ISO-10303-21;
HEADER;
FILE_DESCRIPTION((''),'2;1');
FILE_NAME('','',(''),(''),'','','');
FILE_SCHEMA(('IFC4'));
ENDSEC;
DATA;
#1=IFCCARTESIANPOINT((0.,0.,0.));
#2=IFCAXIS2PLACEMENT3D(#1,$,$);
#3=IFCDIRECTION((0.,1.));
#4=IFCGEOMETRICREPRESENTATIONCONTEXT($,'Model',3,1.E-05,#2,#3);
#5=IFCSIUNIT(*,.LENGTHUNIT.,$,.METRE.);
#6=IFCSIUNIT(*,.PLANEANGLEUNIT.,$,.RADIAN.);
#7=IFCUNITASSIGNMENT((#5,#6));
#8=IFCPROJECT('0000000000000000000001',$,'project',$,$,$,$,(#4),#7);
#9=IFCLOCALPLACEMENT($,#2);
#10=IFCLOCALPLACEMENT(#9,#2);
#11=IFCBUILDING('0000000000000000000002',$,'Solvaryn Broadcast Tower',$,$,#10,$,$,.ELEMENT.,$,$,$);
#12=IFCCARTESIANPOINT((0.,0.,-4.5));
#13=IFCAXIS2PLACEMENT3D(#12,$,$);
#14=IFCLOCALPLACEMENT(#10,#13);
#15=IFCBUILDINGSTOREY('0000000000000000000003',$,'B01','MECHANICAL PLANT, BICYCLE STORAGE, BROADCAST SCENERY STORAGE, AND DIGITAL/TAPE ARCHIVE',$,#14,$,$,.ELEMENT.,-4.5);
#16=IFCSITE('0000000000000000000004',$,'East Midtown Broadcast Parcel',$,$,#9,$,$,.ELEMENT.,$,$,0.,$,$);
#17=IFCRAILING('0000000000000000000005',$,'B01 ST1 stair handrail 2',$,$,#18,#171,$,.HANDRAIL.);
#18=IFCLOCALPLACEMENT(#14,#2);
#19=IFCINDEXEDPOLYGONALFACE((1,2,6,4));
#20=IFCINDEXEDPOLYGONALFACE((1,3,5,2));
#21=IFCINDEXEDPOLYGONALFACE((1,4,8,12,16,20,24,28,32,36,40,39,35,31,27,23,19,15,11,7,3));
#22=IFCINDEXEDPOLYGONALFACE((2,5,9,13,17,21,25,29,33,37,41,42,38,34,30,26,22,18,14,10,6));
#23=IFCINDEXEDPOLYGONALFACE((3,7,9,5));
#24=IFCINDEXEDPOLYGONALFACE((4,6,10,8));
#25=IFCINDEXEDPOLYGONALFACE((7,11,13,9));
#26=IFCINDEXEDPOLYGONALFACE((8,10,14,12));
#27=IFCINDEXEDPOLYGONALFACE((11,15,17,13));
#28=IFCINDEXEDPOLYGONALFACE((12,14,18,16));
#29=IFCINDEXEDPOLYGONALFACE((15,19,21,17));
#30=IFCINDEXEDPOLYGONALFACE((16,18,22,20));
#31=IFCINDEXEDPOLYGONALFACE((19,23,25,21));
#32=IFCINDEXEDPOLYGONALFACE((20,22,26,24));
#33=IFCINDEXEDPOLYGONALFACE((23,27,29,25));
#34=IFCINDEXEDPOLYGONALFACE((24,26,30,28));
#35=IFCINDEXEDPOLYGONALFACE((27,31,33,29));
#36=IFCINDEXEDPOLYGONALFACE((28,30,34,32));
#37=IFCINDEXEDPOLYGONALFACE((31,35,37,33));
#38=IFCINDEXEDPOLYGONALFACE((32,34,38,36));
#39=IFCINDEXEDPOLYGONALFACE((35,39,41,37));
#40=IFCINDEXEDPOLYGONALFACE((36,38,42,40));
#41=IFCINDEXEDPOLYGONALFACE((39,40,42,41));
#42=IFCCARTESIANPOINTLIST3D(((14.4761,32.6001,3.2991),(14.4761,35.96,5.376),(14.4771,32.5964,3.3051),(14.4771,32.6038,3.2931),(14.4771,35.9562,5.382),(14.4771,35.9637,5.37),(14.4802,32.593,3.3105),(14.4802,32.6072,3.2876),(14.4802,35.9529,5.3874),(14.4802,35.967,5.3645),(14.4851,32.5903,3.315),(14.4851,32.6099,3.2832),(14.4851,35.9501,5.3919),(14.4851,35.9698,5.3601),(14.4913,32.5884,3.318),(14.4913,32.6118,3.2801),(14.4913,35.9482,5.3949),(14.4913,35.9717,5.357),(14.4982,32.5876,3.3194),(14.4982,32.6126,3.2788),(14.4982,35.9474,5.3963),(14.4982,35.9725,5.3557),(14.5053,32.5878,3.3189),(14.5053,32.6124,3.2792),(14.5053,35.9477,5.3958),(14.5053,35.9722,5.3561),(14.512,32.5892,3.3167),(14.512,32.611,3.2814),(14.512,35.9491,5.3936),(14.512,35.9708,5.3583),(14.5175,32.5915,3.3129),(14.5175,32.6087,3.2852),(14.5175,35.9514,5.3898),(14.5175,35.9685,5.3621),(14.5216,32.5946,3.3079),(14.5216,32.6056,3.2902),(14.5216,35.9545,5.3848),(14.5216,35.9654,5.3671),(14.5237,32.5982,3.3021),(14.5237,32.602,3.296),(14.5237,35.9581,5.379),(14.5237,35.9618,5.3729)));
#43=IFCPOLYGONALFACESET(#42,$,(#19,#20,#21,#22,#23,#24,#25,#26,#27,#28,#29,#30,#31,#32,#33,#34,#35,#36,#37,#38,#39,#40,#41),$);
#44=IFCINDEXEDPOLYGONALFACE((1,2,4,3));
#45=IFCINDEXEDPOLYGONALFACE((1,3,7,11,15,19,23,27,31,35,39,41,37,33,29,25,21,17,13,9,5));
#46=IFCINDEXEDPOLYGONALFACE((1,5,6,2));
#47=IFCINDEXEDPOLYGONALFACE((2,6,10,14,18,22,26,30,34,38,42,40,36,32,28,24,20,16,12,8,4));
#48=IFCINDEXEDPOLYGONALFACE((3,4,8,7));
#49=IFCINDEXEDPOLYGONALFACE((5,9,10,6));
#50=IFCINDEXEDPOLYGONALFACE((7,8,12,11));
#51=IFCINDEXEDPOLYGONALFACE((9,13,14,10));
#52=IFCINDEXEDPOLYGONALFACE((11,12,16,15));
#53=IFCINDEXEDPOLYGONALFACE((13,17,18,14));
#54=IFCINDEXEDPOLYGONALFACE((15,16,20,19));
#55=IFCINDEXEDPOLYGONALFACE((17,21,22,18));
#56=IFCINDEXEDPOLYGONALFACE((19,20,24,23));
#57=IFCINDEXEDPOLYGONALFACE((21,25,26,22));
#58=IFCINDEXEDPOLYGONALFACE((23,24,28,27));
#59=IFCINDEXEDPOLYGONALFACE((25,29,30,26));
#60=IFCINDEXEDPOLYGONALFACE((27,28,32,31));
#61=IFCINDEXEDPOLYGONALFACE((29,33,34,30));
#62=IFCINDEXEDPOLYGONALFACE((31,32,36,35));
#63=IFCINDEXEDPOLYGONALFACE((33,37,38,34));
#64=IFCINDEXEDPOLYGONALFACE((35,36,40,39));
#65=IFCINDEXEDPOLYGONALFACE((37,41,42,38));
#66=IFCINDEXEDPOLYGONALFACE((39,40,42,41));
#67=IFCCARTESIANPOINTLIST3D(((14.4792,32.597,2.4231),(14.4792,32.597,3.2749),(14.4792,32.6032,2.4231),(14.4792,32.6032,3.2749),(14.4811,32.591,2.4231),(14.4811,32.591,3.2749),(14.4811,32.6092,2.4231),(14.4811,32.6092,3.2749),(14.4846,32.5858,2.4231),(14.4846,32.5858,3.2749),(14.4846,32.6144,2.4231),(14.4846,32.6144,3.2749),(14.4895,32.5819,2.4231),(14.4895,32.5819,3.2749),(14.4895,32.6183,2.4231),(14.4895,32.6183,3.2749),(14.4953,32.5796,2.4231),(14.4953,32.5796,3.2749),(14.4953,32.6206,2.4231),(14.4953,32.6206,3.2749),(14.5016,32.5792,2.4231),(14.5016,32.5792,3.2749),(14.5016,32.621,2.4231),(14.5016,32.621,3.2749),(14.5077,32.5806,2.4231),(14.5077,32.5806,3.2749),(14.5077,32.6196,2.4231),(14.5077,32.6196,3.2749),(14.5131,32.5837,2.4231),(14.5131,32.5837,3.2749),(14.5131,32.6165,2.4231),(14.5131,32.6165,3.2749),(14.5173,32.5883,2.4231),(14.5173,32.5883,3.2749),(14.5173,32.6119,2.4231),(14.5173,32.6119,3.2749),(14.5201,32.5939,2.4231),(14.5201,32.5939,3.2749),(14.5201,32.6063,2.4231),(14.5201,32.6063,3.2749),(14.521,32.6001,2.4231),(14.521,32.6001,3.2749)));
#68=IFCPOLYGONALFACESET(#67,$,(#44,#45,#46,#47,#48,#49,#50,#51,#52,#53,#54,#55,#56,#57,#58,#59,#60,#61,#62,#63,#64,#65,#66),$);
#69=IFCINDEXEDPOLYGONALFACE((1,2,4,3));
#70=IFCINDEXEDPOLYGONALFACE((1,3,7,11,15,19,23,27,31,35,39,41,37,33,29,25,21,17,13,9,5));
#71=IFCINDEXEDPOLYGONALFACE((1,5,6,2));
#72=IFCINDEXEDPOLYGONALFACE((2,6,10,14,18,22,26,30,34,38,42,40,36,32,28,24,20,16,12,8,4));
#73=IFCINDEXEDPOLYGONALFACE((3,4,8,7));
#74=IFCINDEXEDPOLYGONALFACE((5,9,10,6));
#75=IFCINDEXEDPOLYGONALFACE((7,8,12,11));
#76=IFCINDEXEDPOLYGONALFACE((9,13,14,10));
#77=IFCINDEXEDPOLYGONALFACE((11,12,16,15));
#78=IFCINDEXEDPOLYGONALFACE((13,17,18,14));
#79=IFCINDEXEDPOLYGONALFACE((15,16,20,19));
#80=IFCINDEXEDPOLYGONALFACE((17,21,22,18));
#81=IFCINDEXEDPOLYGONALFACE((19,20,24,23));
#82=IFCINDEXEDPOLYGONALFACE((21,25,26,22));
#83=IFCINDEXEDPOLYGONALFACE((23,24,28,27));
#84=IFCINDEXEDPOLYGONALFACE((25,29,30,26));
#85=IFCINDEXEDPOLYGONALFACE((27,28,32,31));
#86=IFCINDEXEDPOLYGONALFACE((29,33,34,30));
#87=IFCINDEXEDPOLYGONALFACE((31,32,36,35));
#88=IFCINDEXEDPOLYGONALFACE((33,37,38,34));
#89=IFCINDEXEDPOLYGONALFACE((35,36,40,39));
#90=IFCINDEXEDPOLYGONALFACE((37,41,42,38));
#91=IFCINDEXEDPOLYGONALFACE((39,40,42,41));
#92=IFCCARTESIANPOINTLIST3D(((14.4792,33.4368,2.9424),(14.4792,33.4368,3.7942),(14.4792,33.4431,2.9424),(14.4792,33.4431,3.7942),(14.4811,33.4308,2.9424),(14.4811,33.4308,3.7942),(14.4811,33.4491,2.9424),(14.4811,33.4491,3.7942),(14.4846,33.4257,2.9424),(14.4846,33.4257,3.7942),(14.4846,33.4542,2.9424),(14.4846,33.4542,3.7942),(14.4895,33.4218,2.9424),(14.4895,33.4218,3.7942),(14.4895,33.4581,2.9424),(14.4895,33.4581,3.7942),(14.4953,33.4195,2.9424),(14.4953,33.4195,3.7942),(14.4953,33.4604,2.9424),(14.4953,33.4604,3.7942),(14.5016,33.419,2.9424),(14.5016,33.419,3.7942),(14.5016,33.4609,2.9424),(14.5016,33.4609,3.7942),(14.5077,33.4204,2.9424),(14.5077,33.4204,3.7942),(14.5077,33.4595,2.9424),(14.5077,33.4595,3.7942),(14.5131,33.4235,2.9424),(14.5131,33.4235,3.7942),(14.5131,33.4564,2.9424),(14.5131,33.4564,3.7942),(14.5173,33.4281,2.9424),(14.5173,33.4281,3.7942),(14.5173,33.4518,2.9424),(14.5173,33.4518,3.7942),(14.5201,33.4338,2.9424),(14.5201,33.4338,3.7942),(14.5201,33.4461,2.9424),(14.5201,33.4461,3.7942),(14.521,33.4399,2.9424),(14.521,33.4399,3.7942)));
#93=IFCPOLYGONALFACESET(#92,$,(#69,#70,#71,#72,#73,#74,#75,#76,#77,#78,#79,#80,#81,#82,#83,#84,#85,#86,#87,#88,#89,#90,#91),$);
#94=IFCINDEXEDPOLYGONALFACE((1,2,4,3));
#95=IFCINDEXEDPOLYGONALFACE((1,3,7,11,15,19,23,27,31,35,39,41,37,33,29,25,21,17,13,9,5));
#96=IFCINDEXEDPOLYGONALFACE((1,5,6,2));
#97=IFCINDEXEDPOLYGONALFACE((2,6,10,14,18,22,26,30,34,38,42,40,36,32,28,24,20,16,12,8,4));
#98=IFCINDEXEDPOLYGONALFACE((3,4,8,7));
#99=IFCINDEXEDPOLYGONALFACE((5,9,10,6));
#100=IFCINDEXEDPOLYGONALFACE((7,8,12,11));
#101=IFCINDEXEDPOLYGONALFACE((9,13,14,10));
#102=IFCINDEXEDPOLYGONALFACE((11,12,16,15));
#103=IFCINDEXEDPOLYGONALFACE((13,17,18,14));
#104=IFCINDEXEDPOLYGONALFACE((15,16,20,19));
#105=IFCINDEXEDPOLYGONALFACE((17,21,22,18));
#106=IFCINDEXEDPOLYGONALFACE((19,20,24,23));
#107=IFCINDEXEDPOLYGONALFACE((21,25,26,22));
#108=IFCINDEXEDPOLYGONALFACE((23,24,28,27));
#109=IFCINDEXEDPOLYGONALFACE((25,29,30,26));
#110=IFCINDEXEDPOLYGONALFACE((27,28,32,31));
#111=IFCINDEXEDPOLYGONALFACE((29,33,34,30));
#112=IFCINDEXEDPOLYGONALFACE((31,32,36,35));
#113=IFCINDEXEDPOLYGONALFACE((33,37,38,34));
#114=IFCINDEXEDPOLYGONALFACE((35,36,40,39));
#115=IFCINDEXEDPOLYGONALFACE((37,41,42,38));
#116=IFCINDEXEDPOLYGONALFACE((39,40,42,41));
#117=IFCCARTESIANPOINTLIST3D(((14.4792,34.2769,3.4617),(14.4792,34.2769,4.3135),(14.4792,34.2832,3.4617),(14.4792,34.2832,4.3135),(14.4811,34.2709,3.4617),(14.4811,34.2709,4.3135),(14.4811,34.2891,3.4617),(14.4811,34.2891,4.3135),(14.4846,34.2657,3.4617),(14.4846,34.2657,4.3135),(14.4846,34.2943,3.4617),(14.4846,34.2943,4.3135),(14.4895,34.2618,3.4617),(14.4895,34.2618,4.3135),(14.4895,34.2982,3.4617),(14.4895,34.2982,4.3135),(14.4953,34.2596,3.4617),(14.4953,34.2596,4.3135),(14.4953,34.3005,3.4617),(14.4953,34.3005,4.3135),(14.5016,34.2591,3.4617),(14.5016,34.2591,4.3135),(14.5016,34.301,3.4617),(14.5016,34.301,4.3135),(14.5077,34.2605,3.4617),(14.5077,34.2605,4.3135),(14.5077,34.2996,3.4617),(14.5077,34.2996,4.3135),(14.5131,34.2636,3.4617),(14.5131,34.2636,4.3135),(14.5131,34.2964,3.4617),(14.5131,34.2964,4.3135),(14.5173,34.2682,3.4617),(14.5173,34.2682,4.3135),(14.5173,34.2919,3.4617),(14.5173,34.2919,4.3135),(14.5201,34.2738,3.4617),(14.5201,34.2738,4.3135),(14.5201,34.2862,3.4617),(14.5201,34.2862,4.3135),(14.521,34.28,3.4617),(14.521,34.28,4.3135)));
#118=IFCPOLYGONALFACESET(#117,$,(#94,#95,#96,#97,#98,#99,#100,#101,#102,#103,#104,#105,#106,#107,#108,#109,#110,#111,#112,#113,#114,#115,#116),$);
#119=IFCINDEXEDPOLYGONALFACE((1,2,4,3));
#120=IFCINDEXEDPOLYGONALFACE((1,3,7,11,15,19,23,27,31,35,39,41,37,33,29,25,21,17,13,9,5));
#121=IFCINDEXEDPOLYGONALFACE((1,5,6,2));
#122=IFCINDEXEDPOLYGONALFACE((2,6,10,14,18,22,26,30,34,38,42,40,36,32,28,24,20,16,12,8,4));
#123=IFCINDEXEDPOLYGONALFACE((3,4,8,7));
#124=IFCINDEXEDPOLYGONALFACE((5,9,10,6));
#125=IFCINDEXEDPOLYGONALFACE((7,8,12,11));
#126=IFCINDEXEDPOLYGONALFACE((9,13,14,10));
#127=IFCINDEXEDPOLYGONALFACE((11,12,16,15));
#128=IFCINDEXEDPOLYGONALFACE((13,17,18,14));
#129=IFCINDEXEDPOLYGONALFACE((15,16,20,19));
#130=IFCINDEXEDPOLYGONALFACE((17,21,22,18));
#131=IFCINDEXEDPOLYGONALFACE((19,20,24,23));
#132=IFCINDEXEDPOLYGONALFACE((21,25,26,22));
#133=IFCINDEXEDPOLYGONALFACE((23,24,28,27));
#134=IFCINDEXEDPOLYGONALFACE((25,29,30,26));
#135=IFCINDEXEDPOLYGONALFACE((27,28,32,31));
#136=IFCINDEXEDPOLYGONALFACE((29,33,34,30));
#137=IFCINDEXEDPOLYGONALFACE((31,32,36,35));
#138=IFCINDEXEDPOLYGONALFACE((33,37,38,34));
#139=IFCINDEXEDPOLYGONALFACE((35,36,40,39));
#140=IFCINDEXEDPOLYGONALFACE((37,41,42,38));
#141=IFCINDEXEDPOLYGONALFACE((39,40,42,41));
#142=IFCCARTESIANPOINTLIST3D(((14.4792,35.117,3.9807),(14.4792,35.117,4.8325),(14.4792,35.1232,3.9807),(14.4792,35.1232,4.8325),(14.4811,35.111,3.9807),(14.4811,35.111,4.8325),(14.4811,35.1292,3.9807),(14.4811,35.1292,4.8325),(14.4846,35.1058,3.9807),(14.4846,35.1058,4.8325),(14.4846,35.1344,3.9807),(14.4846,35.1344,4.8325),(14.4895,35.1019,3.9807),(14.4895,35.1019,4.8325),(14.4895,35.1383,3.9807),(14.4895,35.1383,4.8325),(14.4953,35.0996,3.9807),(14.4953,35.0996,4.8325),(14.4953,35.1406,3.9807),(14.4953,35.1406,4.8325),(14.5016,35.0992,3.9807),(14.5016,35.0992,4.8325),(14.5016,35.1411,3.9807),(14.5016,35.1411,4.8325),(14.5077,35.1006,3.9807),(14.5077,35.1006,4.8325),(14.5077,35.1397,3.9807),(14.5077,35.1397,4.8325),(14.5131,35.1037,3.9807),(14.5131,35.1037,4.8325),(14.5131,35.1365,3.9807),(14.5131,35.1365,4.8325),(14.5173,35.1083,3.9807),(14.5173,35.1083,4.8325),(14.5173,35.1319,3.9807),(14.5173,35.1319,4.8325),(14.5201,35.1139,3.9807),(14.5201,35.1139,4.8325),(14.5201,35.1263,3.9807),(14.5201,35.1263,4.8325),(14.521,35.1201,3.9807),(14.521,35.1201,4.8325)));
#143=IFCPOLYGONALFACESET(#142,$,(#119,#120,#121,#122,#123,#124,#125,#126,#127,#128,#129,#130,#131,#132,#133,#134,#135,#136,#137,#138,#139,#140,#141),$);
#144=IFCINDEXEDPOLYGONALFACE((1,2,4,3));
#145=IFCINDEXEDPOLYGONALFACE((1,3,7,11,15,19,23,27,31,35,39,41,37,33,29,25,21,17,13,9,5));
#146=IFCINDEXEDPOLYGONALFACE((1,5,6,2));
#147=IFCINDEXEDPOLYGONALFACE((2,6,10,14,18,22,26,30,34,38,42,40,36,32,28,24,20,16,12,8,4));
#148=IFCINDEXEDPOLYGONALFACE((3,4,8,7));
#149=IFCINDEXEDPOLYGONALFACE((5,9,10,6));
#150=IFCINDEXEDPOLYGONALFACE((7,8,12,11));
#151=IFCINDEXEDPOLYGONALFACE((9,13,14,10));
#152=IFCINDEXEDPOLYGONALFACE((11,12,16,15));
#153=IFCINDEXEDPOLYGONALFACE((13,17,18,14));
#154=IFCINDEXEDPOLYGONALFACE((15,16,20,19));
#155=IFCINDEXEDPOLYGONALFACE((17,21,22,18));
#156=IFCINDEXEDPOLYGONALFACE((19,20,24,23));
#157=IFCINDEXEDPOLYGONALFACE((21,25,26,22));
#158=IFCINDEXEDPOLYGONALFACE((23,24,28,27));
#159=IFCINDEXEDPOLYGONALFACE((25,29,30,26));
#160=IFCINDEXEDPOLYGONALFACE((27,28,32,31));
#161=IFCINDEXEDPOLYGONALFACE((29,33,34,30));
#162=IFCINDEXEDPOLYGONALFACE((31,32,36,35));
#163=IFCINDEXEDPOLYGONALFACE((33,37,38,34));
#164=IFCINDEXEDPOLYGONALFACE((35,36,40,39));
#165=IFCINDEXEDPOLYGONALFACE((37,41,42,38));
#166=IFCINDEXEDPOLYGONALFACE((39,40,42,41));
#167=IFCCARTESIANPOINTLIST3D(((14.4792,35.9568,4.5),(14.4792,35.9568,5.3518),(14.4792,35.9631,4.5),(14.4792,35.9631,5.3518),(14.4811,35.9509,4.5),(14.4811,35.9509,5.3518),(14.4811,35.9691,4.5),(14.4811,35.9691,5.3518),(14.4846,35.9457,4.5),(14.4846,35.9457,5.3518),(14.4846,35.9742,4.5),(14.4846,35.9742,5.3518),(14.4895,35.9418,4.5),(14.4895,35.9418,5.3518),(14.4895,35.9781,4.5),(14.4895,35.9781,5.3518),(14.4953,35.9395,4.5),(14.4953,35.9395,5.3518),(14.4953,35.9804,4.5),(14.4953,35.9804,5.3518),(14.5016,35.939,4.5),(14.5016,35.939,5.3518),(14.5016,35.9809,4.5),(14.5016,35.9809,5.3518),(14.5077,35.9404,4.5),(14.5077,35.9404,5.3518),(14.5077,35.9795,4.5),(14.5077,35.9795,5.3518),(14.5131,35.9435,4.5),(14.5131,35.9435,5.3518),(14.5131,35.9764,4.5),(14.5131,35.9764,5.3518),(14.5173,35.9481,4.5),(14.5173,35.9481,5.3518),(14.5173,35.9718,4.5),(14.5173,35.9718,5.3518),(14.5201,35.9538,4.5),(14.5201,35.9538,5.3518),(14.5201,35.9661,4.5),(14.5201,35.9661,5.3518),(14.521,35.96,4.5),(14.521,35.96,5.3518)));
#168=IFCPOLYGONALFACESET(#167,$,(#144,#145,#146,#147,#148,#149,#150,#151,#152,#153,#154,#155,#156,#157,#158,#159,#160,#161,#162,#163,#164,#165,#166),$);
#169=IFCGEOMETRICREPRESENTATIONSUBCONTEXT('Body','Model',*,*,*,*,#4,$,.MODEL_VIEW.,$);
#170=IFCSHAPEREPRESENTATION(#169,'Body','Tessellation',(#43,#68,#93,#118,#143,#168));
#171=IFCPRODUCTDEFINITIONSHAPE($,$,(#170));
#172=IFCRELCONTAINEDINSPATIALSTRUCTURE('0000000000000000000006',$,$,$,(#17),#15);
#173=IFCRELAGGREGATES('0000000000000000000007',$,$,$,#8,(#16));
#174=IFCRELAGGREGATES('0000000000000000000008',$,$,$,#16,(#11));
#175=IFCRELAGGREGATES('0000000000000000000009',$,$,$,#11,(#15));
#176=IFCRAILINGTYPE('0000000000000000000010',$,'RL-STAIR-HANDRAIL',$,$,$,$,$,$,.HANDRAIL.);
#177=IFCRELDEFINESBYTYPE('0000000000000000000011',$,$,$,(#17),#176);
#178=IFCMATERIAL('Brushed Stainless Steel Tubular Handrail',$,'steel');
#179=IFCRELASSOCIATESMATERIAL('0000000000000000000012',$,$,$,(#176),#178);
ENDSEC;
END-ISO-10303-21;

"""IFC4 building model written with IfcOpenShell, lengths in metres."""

from ifc_helpers import new_model, si_unit, direction, frame, origin, origin_2d, place, context, subcontext, project, spatial, circle, extrude, material, type_object, element, save


model = new_model("IFC4")

# Units and contexts
model_context = context("Model", 3, precision=1e-05, world=origin(), true_north=direction((0.0, 1.0)))
body_context = subcontext(model_context, "Body", "Model", "MODEL_VIEW")
ifc_project = project(units=[si_unit("LENGTHUNIT", "METRE"), si_unit("PLANEANGLEUNIT", "RADIAN")], contexts=[model_context])

# Site, building, storey
site_placement = place(None, origin())
site = spatial("IfcSite", under=ifc_project, at=site_placement, Name="East Midtown Broadcast Parcel", CompositionType="ELEMENT", RefElevation=0.0)
building_placement = place(site_placement, origin())
building = spatial("IfcBuilding", under=site, at=building_placement, Name="Solvaryn Broadcast Tower", CompositionType="ELEMENT")
storey_placement = place(building_placement, frame((0.0, 0.0, -4.5)))
storey = spatial("IfcBuildingStorey", under=building, at=storey_placement, Name="B01", Description="MECHANICAL PLANT, BICYCLE STORAGE, BROADCAST SCENERY STORAGE, AND DIGITAL/TAPE ARCHIVE", CompositionType="ELEMENT", Elevation=-4.5)

# Railing
ifc_material_1 = material(Name="Brushed Stainless Steel Tubular Handrail", Category="steel")
railing_type_1 = type_object("IfcRailingType", Name="RL-STAIR-HANDRAIL", PredefinedType="HANDRAIL", material=ifc_material_1)
railing_1_placement = place(storey_placement, frame((14.5, 32.6001, 2.4231)))
element("IfcRailing", 1, at=railing_1_placement, inside=storey, type_object=railing_type_1, Name="B01 ST1 stair handrail 2", PredefinedType="HANDRAIL", context=body_context, shape_type="SweptSolid", body=[
    extrude(circle(Radius=0.0239, at=origin_2d()), frame((0.0, 0.0, 0.876), z_axis=(0.0, 0.850606, 0.525803), x_axis=(-1.0, 0.0, 0.0)), (0.0, 0.0, 1.0), 3.95),
    extrude(circle(Radius=0.021, at=origin_2d()), origin(), (0.0, 0.0, 1.0), 0.8518),
    extrude(circle(Radius=0.021, at=origin_2d()), frame((0.0, 0.8398, 0.5193)), (0.0, 0.0, 1.0), 0.8518),
    extrude(circle(Radius=0.021, at=origin_2d()), frame((0.0, 1.6799, 1.0386)), (0.0, 0.0, 1.0), 0.8518),
    extrude(circle(Radius=0.021, at=origin_2d()), frame((0.0, 2.52, 1.5576)), (0.0, 0.0, 1.0), 0.8518),
    extrude(circle(Radius=0.021, at=origin_2d()), frame((0.0, 3.3599, 2.0769)), (0.0, 0.0, 1.0), 0.8518),
])

save(model, "model.ifc")
